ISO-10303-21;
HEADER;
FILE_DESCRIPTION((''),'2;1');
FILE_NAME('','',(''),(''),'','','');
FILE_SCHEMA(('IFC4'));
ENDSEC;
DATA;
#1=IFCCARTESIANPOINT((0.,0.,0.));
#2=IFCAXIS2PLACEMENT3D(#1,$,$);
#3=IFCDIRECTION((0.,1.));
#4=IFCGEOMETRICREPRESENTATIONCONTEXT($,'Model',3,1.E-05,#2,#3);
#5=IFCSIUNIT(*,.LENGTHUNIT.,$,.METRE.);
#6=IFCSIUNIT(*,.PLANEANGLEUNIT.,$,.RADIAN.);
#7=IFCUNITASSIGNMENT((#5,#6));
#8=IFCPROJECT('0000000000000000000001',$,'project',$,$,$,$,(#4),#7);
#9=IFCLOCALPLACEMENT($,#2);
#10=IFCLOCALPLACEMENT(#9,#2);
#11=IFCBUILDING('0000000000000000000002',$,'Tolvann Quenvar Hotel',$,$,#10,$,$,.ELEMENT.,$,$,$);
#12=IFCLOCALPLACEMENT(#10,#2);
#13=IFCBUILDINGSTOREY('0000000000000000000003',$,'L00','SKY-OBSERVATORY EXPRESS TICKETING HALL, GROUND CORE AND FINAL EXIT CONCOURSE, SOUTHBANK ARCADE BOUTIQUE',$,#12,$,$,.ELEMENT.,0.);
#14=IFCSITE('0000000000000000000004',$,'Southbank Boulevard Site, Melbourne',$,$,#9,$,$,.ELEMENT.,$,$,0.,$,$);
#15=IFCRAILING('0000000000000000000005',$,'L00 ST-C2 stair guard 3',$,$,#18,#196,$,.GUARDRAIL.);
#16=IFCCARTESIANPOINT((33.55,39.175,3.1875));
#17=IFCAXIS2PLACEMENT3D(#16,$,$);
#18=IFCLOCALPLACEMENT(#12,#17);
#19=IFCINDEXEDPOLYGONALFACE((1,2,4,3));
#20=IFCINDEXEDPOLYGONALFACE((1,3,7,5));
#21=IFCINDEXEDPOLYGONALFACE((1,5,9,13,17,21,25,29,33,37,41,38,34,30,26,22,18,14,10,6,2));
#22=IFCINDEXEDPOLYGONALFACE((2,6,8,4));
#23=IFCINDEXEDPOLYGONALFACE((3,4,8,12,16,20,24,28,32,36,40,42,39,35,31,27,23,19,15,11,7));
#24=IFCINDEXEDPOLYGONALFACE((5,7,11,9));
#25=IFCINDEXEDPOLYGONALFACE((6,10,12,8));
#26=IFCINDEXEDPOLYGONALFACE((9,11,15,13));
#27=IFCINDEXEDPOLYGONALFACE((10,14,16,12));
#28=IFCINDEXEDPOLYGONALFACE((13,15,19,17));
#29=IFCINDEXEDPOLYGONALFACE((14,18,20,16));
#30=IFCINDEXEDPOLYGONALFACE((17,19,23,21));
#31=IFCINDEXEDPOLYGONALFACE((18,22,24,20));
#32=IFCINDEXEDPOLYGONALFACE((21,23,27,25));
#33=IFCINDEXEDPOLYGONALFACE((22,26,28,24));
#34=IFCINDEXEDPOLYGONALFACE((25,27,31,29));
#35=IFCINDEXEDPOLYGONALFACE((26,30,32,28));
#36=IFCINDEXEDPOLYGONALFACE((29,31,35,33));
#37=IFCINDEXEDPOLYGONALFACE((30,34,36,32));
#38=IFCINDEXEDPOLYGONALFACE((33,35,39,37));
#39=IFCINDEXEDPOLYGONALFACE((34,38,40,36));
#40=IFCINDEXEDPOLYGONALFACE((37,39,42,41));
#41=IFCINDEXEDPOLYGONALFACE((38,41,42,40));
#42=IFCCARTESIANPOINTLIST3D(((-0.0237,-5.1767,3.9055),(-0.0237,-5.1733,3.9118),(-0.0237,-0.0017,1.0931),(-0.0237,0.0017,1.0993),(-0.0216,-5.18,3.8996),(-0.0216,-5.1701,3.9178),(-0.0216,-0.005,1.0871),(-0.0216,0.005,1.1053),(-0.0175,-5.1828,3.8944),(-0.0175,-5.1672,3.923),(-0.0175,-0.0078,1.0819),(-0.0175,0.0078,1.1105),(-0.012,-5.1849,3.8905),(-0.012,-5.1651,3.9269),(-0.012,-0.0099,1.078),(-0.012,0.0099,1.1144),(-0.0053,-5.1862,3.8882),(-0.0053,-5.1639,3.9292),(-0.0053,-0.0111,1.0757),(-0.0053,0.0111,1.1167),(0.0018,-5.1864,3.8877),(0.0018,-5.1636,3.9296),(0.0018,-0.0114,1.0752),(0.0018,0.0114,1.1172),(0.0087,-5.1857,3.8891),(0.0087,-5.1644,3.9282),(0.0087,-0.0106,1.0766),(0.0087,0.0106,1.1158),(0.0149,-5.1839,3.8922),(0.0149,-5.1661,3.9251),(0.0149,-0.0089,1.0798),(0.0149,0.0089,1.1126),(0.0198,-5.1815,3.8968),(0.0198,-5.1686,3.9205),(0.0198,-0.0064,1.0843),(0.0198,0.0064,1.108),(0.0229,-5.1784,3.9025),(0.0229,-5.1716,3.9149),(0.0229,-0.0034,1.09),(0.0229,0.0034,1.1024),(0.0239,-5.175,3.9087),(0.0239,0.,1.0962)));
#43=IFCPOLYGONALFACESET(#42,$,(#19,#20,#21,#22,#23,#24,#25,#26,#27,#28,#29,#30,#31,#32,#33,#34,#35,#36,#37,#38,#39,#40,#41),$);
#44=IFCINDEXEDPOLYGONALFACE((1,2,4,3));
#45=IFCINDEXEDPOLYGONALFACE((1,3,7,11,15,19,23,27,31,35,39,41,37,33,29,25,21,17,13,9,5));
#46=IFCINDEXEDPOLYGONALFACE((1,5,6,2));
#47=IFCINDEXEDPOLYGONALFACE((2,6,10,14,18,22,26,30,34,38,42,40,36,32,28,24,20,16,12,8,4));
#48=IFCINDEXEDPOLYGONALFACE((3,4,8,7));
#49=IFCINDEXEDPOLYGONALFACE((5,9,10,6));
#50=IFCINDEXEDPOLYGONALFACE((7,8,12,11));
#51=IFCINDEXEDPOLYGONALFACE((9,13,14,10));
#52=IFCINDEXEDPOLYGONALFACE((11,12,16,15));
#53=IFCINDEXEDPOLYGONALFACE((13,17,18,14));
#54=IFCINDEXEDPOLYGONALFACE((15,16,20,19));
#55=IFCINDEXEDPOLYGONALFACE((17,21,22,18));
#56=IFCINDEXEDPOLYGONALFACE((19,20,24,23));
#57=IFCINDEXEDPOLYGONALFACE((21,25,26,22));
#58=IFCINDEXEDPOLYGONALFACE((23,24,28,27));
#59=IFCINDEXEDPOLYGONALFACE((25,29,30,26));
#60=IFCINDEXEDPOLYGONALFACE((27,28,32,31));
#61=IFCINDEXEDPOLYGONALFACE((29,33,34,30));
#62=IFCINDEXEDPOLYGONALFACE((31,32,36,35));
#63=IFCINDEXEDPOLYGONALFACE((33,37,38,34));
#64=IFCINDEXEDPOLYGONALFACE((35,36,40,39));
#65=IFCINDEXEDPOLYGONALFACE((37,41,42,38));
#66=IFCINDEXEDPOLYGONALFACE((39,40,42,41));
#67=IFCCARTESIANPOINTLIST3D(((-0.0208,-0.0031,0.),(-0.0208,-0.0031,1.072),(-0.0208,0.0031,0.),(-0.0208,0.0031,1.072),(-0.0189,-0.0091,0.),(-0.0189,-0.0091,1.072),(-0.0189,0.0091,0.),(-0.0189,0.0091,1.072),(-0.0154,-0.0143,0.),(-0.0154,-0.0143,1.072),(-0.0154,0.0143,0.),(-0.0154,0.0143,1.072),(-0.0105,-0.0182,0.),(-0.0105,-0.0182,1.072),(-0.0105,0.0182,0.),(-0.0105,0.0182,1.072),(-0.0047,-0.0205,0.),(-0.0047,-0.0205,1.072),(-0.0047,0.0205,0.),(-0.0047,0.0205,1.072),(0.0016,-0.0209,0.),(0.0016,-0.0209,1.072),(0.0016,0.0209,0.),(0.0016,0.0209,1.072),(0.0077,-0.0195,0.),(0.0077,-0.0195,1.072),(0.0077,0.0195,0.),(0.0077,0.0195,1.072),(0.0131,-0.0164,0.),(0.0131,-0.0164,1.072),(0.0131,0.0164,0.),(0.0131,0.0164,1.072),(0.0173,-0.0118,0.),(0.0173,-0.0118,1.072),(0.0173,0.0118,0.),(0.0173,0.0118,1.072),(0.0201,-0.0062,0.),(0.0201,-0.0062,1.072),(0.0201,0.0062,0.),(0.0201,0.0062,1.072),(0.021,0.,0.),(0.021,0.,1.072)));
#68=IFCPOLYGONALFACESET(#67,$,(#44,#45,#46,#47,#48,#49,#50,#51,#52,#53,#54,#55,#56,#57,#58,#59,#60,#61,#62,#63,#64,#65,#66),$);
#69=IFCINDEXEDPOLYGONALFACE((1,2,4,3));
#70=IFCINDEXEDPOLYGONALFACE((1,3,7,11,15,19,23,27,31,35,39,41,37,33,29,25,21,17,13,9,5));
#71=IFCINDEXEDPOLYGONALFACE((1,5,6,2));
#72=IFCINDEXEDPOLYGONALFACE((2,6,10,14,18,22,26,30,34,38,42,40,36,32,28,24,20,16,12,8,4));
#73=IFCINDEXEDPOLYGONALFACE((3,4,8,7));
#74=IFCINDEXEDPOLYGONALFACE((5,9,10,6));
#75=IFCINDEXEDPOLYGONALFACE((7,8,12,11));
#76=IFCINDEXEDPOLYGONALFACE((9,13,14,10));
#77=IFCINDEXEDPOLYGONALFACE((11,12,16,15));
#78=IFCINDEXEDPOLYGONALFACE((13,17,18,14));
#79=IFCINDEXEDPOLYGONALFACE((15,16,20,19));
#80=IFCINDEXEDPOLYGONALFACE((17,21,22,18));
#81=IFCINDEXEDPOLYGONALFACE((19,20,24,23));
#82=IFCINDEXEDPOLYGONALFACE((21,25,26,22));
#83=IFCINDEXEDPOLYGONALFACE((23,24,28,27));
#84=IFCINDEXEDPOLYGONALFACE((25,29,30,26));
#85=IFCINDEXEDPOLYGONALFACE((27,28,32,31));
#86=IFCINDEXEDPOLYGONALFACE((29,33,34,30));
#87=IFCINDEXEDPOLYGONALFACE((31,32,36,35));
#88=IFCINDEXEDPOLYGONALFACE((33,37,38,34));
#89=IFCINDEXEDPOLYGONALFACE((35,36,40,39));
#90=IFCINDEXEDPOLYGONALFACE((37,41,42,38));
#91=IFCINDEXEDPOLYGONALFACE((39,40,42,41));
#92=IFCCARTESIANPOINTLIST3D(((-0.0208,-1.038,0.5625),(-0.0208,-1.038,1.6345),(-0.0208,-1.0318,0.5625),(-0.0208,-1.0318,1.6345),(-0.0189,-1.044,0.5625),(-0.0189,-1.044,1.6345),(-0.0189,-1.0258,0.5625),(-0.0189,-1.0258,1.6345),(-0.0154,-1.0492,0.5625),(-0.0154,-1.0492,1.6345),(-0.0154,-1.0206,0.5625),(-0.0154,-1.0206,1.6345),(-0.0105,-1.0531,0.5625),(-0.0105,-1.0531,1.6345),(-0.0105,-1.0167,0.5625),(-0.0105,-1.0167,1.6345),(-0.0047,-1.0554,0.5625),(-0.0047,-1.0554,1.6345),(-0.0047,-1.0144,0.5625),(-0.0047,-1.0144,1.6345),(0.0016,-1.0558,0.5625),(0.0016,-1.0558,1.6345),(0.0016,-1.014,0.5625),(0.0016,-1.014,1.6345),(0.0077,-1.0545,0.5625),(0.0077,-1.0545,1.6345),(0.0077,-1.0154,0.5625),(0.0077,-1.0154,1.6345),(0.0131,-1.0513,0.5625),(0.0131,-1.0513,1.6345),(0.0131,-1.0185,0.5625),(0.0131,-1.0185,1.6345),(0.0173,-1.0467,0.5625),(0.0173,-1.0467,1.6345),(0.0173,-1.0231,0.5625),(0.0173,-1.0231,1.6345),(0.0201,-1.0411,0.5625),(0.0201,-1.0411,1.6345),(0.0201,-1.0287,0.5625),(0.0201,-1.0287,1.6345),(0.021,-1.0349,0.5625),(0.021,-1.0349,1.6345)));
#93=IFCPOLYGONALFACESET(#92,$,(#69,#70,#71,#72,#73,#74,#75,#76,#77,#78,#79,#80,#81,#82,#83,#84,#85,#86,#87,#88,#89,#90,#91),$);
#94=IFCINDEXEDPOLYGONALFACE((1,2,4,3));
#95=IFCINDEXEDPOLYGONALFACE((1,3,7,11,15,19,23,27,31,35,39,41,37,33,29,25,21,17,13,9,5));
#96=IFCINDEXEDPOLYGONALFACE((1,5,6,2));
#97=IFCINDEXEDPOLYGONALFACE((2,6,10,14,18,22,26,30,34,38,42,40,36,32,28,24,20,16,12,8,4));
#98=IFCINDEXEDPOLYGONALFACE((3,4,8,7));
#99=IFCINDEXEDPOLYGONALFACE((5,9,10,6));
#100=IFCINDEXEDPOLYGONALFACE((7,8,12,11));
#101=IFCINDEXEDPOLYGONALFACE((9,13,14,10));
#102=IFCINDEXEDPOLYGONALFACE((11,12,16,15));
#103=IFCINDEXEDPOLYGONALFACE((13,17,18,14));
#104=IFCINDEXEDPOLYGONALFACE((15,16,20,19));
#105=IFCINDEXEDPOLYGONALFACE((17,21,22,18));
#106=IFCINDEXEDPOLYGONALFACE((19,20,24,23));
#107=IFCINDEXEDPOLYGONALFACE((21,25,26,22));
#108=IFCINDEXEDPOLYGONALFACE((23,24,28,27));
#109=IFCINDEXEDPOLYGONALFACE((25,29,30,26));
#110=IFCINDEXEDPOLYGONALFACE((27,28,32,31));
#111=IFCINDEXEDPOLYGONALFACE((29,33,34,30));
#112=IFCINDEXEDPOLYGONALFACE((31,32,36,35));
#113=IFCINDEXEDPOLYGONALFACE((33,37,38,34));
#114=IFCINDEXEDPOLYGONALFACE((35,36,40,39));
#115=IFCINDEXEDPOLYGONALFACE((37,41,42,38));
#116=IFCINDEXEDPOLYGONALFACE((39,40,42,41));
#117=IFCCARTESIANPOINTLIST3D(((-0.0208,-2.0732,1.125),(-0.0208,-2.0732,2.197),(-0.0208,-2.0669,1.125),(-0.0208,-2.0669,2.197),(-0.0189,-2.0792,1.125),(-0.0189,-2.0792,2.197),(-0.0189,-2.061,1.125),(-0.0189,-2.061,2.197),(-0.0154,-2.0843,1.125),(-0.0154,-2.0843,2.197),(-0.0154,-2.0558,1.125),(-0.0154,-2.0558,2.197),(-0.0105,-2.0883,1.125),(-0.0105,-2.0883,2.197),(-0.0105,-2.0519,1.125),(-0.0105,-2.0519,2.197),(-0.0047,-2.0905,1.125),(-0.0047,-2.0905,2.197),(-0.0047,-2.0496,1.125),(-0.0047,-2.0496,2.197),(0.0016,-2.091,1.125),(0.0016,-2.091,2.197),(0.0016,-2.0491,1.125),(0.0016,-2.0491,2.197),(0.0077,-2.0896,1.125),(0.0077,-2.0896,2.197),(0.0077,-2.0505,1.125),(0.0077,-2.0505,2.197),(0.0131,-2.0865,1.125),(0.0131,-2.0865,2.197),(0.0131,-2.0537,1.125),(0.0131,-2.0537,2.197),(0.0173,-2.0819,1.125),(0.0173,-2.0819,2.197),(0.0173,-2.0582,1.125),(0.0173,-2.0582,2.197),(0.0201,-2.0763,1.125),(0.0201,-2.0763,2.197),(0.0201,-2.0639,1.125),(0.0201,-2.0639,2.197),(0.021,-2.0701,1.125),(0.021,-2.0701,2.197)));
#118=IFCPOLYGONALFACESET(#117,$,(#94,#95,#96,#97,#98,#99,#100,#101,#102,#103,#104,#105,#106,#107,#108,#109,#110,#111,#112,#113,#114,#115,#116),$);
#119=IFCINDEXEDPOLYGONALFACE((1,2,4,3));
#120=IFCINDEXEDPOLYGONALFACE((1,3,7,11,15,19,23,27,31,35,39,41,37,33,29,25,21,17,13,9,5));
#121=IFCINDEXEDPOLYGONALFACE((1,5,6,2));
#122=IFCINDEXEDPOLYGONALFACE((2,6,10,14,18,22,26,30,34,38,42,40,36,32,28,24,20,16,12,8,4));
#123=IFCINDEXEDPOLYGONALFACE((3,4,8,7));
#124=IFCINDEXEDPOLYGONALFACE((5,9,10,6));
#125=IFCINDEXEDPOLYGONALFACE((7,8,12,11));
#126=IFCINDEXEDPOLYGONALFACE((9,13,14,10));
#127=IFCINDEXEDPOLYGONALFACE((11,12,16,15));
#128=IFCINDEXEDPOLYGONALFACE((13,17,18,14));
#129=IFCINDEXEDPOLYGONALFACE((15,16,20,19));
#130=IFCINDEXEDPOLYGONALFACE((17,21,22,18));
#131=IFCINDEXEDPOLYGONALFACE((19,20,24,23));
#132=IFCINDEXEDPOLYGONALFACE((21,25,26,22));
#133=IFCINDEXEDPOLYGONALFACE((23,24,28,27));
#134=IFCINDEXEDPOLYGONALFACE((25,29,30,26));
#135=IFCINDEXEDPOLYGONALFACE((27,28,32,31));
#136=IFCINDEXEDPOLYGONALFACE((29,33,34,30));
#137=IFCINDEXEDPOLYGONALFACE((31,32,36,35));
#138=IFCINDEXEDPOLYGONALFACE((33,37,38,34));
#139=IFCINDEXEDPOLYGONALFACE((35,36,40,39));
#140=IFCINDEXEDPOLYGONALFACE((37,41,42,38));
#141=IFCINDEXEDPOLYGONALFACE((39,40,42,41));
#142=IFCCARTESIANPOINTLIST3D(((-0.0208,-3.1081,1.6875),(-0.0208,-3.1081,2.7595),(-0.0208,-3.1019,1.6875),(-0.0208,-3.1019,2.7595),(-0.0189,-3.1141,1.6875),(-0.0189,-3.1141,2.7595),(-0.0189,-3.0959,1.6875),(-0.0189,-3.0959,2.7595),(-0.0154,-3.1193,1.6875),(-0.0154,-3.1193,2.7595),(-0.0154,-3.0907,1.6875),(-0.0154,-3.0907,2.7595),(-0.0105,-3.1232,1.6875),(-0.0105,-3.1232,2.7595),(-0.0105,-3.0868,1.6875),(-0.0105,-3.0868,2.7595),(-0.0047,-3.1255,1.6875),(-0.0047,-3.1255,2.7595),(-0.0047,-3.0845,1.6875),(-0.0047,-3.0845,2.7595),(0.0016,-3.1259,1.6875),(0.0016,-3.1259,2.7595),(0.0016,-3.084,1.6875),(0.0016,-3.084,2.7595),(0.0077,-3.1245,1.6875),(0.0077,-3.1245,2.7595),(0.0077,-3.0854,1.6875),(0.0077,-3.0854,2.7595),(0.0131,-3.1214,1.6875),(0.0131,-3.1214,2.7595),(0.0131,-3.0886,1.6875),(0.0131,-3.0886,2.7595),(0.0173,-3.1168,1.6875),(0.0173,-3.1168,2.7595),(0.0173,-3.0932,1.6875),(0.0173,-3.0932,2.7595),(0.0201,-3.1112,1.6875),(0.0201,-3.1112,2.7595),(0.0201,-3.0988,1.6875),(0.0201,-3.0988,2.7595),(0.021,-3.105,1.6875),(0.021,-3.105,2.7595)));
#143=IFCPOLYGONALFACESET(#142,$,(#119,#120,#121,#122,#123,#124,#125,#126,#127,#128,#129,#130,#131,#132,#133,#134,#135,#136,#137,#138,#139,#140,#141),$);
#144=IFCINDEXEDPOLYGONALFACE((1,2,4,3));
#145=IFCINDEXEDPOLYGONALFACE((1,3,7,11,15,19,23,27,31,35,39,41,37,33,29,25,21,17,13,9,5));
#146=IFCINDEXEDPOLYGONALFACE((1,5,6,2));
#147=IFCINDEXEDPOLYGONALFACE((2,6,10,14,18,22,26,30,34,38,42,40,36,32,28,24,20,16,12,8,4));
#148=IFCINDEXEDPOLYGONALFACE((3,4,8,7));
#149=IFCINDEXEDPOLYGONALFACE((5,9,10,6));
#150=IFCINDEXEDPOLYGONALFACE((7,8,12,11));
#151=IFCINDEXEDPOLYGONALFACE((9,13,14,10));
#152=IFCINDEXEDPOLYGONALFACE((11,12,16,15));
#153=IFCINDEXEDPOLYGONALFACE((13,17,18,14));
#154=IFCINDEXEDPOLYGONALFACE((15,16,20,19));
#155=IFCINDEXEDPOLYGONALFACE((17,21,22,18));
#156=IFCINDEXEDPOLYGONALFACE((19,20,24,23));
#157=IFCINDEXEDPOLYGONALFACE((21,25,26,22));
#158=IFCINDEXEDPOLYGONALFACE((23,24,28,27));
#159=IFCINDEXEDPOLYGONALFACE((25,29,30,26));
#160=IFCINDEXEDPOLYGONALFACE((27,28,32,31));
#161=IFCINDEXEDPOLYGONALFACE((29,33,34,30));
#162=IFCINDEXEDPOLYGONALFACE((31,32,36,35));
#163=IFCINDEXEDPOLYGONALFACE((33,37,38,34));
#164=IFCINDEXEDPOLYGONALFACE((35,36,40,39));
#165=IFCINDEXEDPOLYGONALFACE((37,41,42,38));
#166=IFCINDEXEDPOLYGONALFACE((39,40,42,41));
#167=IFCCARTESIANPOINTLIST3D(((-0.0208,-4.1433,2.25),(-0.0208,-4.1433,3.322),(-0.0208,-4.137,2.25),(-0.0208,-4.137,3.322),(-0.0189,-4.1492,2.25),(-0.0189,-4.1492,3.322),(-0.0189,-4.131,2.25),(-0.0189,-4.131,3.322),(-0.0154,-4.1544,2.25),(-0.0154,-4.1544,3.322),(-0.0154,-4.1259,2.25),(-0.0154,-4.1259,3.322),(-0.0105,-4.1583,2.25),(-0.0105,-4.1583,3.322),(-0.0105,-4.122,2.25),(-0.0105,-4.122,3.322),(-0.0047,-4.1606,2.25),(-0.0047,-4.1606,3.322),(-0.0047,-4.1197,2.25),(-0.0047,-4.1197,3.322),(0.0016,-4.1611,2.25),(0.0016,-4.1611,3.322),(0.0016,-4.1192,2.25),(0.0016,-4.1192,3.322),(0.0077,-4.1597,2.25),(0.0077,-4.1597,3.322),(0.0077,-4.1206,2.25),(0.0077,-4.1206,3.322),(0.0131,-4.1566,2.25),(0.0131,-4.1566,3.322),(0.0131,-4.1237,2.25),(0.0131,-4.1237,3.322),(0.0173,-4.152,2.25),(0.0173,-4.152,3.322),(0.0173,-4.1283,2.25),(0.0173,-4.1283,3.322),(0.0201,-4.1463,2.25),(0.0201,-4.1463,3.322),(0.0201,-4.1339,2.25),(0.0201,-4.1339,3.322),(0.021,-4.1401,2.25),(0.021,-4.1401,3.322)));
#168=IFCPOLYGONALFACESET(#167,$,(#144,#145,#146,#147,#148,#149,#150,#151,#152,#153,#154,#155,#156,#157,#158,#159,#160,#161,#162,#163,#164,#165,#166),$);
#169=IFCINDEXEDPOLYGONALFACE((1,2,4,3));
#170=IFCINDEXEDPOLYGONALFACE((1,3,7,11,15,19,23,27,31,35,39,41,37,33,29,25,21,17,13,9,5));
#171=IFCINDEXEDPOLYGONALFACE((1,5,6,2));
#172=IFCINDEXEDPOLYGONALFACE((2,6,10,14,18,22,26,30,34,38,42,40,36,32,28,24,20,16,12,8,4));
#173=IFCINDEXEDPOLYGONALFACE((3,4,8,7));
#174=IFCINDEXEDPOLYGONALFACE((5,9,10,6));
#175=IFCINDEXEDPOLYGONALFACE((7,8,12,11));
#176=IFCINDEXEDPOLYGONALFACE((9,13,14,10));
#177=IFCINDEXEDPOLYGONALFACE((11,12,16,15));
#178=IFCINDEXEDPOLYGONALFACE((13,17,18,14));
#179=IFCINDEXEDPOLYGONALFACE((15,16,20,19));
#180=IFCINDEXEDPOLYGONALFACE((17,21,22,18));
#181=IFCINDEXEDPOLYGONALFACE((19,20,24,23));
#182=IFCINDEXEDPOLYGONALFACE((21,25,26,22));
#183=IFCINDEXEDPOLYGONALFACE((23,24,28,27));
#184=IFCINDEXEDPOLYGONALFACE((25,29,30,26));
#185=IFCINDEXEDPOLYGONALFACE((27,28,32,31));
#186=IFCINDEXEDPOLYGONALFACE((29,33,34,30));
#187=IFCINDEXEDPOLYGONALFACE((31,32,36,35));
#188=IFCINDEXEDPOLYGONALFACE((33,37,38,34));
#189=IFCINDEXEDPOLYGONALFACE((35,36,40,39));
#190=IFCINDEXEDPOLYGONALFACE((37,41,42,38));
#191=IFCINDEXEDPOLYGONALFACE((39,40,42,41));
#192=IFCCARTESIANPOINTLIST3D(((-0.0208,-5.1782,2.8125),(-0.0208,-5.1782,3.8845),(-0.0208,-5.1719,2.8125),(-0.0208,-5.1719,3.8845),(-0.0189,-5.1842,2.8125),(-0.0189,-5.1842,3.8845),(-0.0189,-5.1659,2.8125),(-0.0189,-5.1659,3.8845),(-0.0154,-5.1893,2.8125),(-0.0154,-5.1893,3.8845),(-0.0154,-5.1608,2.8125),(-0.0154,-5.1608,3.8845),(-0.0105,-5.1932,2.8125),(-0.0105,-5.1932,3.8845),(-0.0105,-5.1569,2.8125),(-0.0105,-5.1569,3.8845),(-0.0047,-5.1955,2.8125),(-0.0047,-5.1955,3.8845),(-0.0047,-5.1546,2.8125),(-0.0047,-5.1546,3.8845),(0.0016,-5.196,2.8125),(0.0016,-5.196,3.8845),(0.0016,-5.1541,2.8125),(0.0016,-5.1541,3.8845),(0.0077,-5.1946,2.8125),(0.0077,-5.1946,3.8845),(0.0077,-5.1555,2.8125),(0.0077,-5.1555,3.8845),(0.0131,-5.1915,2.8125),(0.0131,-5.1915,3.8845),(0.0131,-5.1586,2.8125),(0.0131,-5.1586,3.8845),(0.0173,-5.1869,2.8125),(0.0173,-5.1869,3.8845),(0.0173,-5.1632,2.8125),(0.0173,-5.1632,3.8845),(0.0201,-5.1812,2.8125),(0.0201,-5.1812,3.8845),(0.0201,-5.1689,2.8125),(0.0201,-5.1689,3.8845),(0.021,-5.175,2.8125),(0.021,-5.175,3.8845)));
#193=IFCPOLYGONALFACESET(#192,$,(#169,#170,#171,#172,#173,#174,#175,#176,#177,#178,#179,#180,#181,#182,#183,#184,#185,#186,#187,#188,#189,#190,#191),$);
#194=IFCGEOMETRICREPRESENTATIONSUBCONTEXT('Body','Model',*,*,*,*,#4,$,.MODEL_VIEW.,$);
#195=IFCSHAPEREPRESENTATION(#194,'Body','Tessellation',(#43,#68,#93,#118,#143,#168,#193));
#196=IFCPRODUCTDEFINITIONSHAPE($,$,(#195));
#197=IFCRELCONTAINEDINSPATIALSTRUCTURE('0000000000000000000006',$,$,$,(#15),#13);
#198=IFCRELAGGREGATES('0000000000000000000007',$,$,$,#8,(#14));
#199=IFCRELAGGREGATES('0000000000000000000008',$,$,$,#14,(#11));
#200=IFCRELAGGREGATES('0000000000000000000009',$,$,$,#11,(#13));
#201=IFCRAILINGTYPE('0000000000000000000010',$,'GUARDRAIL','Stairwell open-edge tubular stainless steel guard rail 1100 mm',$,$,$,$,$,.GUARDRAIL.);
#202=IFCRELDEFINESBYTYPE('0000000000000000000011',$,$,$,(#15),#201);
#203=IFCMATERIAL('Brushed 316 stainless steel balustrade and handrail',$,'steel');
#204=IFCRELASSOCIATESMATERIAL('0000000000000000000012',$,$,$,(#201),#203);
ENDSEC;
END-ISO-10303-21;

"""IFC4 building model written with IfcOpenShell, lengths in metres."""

from ifc_helpers import new_model, si_unit, direction, frame, origin, origin_2d, place, context, subcontext, project, spatial, circle, extrude, material, type_object, element, save


model = new_model("IFC4")

# Units and contexts
model_context = context("Model", 3, precision=1e-05, world=origin(), true_north=direction((0.0, 1.0)))
body_context = subcontext(model_context, "Body", "Model", "MODEL_VIEW")
ifc_project = project(units=[si_unit("LENGTHUNIT", "METRE"), si_unit("PLANEANGLEUNIT", "RADIAN")], contexts=[model_context])

# Site, building, storey
site_placement = place(None, origin())
site = spatial("IfcSite", under=ifc_project, at=site_placement, Name="Southbank Boulevard Site, Melbourne", CompositionType="ELEMENT", RefElevation=0.0)
building_placement = place(site_placement, origin())
building = spatial("IfcBuilding", under=site, at=building_placement, Name="Tolvann Quenvar Hotel", CompositionType="ELEMENT")
storey_placement = place(building_placement, origin())
storey = spatial("IfcBuildingStorey", under=building, at=storey_placement, Name="L00", Description="SKY-OBSERVATORY EXPRESS TICKETING HALL, GROUND CORE AND FINAL EXIT CONCOURSE, SOUTHBANK ARCADE BOUTIQUE", CompositionType="ELEMENT", Elevation=0.0)

# Railing
ifc_material_1 = material(Name="Brushed 316 stainless steel balustrade and handrail", Category="steel")
railing_type_1 = type_object("IfcRailingType", Name="GUARDRAIL", Description="Stairwell open-edge tubular stainless steel guard rail 1100 mm", PredefinedType="GUARDRAIL", material=ifc_material_1)
railing_1_placement = place(storey_placement, frame((33.55, 39.175, 3.1875)))
element("IfcRailing", 1, at=railing_1_placement, inside=storey, type_object=railing_type_1, Name="L00 ST-C2 stair guard 3", PredefinedType="GUARDRAIL", context=body_context, shape_type="SweptSolid", body=[
    extrude(circle(Radius=0.0239, at=origin_2d()), frame((0.0, 0.0, 1.0962), z_axis=(0.0, -0.878626, 0.47751), x_axis=(1.0, 0.0, 0.0)), (0.0, 0.0, 1.0), 5.8899),
    extrude(circle(Radius=0.021, at=origin_2d()), origin(), (0.0, 0.0, 1.0), 1.072),
    extrude(circle(Radius=0.021, at=origin_2d()), frame((0.0, -1.0349, 0.5625)), (0.0, 0.0, 1.0), 1.072),
    extrude(circle(Radius=0.021, at=origin_2d()), frame((0.0, -2.0701, 1.125)), (0.0, 0.0, 1.0), 1.072),
    extrude(circle(Radius=0.021, at=origin_2d()), frame((0.0, -3.105, 1.6875)), (0.0, 0.0, 1.0), 1.072),
    extrude(circle(Radius=0.021, at=origin_2d()), frame((0.0, -4.1401, 2.25)), (0.0, 0.0, 1.0), 1.072),
    extrude(circle(Radius=0.021, at=origin_2d()), frame((0.0, -5.175, 2.8125)), (0.0, 0.0, 1.0), 1.072),
])

save(model, "model.ifc")
